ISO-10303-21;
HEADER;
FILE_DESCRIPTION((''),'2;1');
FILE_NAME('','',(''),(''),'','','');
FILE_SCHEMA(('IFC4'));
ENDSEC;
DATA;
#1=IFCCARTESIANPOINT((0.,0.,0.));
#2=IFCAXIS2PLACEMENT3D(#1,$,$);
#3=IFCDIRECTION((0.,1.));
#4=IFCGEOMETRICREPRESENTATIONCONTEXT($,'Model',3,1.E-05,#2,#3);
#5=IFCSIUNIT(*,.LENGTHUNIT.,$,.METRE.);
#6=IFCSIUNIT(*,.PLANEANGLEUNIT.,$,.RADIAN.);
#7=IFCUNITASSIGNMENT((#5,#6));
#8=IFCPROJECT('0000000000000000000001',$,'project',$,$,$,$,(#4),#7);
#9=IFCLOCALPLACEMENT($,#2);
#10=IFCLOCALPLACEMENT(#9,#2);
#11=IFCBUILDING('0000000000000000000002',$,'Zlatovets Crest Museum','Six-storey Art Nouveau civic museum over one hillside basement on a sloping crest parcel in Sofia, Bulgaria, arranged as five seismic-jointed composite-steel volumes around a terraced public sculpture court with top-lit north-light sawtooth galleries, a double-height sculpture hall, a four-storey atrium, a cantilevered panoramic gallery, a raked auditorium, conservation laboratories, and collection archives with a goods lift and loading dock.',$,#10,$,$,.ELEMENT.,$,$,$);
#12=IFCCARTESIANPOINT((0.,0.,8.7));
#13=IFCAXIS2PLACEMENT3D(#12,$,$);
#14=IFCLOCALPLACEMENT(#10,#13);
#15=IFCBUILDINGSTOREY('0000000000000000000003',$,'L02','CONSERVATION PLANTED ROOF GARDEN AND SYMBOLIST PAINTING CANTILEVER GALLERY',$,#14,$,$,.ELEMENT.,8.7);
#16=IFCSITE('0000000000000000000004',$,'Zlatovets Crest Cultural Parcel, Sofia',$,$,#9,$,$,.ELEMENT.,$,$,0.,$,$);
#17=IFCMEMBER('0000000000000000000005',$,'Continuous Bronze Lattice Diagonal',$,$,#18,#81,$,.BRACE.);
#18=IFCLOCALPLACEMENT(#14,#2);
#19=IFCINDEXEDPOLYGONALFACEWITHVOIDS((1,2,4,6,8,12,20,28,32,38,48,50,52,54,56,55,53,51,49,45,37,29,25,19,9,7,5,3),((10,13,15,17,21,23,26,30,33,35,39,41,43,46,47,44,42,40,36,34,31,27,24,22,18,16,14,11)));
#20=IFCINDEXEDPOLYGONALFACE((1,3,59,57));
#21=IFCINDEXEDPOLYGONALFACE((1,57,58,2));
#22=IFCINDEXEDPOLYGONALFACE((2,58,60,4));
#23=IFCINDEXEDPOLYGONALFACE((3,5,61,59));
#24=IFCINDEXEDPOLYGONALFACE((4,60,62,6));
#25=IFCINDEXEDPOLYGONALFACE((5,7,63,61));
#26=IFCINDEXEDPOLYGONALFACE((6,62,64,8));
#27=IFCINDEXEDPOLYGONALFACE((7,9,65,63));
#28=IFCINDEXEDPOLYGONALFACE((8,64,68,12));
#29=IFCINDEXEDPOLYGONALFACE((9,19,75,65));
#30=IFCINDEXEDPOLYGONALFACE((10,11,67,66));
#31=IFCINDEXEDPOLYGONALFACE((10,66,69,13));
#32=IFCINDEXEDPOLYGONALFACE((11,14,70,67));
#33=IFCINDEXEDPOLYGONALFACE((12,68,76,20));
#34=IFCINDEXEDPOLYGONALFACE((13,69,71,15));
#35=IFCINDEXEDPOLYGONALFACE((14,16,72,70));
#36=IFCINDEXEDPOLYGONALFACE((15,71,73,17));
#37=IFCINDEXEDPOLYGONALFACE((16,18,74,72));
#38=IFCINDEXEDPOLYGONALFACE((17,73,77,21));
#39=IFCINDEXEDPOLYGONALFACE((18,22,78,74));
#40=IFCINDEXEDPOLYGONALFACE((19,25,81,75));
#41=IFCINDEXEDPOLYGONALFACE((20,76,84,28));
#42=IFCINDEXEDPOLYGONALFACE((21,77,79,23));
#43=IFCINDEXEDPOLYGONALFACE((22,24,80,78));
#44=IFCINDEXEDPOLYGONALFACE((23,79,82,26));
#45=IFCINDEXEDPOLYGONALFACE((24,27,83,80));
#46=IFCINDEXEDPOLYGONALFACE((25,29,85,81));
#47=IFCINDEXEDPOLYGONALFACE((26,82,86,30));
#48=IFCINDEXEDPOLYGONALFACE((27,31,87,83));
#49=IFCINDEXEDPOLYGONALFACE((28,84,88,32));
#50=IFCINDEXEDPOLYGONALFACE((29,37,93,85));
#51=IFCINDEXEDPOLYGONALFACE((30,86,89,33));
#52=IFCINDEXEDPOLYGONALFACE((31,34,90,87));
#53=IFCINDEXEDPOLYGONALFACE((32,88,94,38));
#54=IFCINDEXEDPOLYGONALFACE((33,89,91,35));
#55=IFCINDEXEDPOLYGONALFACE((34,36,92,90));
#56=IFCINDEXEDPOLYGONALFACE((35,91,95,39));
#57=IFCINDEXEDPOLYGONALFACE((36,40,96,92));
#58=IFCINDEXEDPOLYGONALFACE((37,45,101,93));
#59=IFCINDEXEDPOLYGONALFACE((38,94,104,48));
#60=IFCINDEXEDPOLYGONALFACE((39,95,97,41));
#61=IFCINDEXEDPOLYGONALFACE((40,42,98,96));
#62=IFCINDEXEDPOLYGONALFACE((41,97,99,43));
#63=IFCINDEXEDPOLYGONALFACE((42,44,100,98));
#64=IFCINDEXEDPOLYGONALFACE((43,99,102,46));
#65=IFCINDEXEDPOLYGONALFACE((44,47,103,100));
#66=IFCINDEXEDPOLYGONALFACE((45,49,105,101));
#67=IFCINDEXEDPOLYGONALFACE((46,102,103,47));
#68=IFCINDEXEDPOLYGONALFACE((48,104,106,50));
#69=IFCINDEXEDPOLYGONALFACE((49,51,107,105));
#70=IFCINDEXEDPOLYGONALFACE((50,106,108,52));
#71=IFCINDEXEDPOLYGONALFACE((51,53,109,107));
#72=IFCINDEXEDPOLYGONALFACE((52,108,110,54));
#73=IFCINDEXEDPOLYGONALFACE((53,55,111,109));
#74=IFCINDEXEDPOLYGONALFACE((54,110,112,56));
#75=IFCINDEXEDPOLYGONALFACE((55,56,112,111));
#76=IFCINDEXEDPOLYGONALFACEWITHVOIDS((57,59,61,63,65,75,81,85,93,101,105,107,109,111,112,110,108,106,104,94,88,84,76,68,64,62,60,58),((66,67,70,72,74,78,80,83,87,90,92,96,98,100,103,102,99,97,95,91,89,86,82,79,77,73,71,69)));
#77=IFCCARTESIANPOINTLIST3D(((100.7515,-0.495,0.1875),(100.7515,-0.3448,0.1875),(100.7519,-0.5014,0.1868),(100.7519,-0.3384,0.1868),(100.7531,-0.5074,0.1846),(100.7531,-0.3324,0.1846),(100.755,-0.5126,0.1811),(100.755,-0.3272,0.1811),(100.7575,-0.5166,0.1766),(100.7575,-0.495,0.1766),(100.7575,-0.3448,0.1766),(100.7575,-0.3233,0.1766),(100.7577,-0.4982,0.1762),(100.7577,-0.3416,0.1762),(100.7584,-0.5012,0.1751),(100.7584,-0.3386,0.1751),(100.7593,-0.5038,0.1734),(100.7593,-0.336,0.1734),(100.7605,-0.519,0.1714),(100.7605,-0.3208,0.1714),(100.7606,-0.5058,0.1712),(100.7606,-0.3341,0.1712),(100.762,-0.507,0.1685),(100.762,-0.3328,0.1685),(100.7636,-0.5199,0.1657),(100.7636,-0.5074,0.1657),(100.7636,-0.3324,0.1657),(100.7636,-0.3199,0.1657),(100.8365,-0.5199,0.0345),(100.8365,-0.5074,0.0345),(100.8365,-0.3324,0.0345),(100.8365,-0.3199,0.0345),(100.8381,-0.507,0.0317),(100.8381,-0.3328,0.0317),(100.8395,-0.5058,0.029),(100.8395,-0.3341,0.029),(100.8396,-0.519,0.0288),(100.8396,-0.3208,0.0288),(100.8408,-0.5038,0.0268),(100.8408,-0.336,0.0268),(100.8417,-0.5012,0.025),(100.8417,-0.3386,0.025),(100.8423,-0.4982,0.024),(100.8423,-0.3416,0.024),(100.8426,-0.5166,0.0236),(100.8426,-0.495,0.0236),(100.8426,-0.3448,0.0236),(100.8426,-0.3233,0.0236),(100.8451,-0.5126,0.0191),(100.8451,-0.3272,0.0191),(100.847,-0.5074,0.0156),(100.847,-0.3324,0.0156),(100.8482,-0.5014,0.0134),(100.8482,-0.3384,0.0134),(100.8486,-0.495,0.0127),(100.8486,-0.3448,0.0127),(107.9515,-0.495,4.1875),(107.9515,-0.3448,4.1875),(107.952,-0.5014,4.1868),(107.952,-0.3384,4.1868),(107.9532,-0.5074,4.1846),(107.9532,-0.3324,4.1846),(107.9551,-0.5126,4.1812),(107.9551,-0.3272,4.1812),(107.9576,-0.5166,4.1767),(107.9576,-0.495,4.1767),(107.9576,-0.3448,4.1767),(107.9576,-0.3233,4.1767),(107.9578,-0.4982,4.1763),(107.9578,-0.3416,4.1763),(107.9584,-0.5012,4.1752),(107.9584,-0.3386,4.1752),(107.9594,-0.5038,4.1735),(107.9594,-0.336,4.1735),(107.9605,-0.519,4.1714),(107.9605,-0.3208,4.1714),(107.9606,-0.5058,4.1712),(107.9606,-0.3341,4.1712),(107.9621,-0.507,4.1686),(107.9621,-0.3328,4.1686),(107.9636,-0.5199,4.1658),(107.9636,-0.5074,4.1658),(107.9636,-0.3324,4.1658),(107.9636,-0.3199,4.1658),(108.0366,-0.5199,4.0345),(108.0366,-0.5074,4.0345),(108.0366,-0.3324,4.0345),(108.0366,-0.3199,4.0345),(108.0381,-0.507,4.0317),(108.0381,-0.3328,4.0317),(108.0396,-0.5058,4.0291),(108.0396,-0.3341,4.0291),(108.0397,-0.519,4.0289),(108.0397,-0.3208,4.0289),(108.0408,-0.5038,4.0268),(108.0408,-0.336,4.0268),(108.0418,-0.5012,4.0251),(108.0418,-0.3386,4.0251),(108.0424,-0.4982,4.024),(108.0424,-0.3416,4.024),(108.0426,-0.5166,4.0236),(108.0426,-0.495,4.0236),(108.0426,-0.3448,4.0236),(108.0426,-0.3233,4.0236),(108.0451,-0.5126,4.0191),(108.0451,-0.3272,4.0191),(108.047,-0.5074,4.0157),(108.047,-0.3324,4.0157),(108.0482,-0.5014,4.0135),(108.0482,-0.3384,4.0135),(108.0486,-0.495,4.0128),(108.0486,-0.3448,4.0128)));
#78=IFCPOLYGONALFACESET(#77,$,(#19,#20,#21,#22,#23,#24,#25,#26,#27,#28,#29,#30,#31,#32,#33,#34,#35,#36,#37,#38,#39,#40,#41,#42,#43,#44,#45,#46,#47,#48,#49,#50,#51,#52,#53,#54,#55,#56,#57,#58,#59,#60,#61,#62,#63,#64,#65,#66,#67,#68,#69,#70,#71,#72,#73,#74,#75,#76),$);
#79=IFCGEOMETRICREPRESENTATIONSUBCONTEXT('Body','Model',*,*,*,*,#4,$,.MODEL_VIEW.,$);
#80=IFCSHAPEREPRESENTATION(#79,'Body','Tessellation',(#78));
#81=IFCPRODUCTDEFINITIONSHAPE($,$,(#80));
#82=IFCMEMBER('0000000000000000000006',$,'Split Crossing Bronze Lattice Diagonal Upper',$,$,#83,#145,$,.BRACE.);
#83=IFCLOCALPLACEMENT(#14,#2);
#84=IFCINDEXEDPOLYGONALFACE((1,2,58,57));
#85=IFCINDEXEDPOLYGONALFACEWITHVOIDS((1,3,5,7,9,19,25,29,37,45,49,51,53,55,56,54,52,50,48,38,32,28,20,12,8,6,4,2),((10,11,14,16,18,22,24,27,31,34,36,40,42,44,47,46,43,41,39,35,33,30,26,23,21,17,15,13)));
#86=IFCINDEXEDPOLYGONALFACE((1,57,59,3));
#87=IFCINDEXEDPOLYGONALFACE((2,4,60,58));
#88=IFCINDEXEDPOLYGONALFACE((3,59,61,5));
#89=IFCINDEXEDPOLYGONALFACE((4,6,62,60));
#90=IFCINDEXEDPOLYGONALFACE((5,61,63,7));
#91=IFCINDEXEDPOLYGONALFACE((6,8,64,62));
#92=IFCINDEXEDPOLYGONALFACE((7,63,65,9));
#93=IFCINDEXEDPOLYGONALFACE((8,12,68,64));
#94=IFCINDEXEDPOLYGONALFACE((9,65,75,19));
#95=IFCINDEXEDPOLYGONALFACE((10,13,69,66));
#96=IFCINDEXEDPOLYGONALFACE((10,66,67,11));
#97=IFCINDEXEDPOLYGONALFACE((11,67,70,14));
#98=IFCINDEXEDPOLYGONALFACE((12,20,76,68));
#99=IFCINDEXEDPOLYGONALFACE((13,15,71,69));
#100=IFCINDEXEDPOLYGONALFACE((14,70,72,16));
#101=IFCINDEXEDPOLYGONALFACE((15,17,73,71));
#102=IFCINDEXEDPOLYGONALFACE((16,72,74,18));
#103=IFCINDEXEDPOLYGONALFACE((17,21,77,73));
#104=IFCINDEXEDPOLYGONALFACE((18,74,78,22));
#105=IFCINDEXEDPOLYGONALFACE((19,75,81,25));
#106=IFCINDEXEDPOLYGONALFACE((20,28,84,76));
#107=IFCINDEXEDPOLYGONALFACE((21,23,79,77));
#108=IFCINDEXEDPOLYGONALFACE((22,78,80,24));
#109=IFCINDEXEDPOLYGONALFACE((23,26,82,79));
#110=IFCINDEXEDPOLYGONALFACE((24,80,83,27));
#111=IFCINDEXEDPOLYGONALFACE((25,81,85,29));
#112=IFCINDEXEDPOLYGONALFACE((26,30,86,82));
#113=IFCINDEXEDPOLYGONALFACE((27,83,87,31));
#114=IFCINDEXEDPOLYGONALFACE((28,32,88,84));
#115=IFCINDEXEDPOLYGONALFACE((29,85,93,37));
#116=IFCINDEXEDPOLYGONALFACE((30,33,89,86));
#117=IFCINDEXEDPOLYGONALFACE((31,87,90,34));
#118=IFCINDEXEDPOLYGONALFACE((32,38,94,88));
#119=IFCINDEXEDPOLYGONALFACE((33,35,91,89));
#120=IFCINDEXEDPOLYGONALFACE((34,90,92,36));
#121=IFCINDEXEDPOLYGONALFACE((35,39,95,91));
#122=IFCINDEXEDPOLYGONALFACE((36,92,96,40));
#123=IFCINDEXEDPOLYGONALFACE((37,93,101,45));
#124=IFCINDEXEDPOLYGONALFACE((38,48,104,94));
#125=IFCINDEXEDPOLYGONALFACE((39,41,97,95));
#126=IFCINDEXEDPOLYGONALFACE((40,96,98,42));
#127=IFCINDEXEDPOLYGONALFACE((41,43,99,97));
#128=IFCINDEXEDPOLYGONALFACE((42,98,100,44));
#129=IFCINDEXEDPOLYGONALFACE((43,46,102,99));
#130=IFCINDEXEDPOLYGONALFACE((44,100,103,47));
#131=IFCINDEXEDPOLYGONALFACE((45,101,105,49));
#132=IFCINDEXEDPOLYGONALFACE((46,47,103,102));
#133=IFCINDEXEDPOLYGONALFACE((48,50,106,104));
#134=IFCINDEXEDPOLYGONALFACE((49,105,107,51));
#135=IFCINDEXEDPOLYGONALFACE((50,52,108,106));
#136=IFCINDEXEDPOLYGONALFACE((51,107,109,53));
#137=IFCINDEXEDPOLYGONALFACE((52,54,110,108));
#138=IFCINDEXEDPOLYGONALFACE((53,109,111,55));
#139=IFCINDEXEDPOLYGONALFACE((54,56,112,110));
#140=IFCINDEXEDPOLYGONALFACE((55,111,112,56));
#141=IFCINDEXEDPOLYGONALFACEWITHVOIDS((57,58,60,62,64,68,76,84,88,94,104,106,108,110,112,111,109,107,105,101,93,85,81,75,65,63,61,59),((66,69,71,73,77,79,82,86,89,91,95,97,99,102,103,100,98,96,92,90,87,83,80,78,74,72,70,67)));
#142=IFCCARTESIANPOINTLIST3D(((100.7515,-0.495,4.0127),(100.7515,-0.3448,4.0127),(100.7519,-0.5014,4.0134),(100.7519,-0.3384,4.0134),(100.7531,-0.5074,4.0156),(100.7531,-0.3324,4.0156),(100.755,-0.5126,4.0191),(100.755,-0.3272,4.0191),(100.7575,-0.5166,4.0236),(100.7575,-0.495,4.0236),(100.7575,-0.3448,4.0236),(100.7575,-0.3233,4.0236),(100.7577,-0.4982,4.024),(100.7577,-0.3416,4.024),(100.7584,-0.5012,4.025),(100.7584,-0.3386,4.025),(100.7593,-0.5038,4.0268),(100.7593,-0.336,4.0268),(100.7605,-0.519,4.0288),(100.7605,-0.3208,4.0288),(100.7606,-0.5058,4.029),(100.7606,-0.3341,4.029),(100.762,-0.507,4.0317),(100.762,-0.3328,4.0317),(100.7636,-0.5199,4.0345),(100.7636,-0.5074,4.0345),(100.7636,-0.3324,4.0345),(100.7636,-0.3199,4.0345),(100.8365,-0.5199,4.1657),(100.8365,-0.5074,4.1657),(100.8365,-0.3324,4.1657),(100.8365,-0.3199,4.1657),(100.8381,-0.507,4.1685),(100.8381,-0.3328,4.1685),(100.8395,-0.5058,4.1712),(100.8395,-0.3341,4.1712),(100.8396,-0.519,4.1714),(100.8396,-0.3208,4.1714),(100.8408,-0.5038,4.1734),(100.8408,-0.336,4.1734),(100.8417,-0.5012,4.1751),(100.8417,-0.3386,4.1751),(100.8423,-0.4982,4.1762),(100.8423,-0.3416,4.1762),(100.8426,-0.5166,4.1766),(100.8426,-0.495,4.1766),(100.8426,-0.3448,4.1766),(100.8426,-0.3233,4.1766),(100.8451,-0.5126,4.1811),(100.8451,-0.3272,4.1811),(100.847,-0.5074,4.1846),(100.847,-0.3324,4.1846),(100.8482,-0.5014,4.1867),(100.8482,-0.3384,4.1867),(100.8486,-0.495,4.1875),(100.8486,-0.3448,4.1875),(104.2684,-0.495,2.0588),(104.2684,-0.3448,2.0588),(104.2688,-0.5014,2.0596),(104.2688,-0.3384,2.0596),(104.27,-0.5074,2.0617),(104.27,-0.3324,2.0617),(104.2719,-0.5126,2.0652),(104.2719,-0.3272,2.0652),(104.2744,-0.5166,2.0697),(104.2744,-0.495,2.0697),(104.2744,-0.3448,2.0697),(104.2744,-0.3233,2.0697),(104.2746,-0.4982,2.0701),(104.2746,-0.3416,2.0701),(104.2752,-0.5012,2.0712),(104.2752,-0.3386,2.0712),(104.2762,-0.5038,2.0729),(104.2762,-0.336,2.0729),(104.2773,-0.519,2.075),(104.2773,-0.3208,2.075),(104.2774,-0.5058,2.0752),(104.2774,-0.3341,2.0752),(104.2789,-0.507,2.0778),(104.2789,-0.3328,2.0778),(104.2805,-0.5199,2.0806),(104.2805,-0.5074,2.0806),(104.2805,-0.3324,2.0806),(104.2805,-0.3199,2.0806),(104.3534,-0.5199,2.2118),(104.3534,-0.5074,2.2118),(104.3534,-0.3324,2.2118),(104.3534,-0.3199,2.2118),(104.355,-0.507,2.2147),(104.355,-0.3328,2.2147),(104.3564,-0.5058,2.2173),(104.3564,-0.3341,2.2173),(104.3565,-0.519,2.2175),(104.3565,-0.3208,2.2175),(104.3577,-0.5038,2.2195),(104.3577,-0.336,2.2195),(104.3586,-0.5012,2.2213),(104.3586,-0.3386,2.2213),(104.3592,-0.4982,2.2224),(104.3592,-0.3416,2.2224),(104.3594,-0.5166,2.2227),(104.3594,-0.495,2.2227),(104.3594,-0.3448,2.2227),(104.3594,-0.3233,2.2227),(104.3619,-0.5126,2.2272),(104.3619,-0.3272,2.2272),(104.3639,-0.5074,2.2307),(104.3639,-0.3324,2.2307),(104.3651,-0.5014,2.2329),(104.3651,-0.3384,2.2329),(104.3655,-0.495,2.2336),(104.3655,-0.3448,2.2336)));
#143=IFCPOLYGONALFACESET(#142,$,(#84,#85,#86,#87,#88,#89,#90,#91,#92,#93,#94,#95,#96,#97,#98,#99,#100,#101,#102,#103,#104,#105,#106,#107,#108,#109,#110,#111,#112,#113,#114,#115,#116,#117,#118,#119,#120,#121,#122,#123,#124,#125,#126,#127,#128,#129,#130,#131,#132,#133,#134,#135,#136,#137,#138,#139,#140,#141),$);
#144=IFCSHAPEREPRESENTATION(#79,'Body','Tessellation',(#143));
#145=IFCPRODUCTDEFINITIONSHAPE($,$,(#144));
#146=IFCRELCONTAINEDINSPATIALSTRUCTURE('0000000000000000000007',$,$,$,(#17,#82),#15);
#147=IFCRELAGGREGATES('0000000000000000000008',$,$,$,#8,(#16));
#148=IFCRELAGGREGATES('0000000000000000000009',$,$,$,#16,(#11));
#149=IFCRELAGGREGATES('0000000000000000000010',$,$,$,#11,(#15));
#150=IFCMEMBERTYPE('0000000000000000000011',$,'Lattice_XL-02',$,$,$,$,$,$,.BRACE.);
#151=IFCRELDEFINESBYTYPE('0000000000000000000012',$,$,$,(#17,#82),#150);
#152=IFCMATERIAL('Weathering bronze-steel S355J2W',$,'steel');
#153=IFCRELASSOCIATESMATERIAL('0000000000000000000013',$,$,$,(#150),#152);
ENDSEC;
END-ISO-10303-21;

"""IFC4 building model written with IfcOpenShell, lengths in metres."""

from ifc_helpers import new_model, si_unit, direction, frame, origin, origin_2d, place, context, subcontext, project, spatial, hollow_rectangle, extrude, material, material_profile, profile_set, type_object, element, save


model = new_model("IFC4")

# Units and contexts
model_context = context("Model", 3, precision=1e-05, world=origin(), true_north=direction((0.0, 1.0)))
body_context = subcontext(model_context, "Body", "Model", "MODEL_VIEW")
ifc_project = project(units=[si_unit("LENGTHUNIT", "METRE"), si_unit("PLANEANGLEUNIT", "RADIAN")], contexts=[model_context])

# Site, building, storey
site_placement = place(None, origin())
site = spatial("IfcSite", under=ifc_project, at=site_placement, Name="Zlatovets Crest Cultural Parcel, Sofia", CompositionType="ELEMENT", RefElevation=0.0)
building_placement = place(site_placement, origin())
building = spatial("IfcBuilding", under=site, at=building_placement, Name="Zlatovets Crest Museum", Description="Six-storey Art Nouveau civic museum over one hillside basement on a sloping crest parcel in Sofia, Bulgaria, arranged as five seismic-jointed composite-steel volumes around a terraced public sculpture court with top-lit north-light sawtooth galleries, a double-height sculpture hall, a four-storey atrium, a cantilevered panoramic gallery, a raked auditorium, conservation laboratories, and collection archives with a goods lift and loading dock.", CompositionType="ELEMENT")
storey_placement = place(building_placement, frame((0.0, 0.0, 8.7)))
storey = spatial("IfcBuildingStorey", under=building, at=storey_placement, Name="L02", Description="CONSERVATION PLANTED ROOF GARDEN AND SYMBOLIST PAINTING CANTILEVER GALLERY", CompositionType="ELEMENT", Elevation=8.7)

# Members
ifc_material_1 = material(Name="Weathering bronze-steel S355J2W", Category="steel")
ifc_material_profile_1 = material_profile(ifc_material_1, hollow_rectangle(XDim=0.2, YDim=0.2, WallThickness=0.0125, InnerFilletRadius=0.0125, OuterFilletRadius=0.0249, at=origin_2d()), Name="SHS 200x200x12.5")
ifc_profile_set_1 = profile_set([ifc_material_profile_1], Name="Weathering bronze-steel S355J2W")
member_type_1 = type_object("IfcMemberType", Name="Lattice_XL-02", PredefinedType="BRACE", material=ifc_profile_set_1)
member_1_placement = place(storey_placement, frame((100.8, -0.4199, 0.1001), z_axis=(0.874156, 0.0, 0.485645), x_axis=(0.0, 1.0, 0.0)))
element("IfcMember", 1, at=member_1_placement, inside=storey, type_object=member_type_1, Name="Continuous Bronze Lattice Diagonal", PredefinedType="BRACE", context=body_context, shape_type="SweptSolid", body=[
    extrude(hollow_rectangle(XDim=0.2, YDim=0.2, WallThickness=0.0125, InnerFilletRadius=0.0125, OuterFilletRadius=0.0249, at=origin_2d()), origin(), (0.0, 0.0, 1.0), 8.2366),
])
member_2_placement = place(storey_placement, frame((100.8, -0.4199, 4.1001), z_axis=(0.874152, 0.0, -0.485653), x_axis=(0.0, 1.0, 0.0)))
element("IfcMember", 2, at=member_2_placement, inside=storey, type_object=member_type_1, Name="Split Crossing Bronze Lattice Diagonal Upper", PredefinedType="BRACE", context=body_context, shape_type="SweptSolid", body=[
    extrude(hollow_rectangle(XDim=0.2, YDim=0.2, WallThickness=0.0125, InnerFilletRadius=0.0125, OuterFilletRadius=0.0249, at=origin_2d()), origin(), (0.0, 0.0, 1.0), 4.0232),
])

save(model, "model.ifc")
